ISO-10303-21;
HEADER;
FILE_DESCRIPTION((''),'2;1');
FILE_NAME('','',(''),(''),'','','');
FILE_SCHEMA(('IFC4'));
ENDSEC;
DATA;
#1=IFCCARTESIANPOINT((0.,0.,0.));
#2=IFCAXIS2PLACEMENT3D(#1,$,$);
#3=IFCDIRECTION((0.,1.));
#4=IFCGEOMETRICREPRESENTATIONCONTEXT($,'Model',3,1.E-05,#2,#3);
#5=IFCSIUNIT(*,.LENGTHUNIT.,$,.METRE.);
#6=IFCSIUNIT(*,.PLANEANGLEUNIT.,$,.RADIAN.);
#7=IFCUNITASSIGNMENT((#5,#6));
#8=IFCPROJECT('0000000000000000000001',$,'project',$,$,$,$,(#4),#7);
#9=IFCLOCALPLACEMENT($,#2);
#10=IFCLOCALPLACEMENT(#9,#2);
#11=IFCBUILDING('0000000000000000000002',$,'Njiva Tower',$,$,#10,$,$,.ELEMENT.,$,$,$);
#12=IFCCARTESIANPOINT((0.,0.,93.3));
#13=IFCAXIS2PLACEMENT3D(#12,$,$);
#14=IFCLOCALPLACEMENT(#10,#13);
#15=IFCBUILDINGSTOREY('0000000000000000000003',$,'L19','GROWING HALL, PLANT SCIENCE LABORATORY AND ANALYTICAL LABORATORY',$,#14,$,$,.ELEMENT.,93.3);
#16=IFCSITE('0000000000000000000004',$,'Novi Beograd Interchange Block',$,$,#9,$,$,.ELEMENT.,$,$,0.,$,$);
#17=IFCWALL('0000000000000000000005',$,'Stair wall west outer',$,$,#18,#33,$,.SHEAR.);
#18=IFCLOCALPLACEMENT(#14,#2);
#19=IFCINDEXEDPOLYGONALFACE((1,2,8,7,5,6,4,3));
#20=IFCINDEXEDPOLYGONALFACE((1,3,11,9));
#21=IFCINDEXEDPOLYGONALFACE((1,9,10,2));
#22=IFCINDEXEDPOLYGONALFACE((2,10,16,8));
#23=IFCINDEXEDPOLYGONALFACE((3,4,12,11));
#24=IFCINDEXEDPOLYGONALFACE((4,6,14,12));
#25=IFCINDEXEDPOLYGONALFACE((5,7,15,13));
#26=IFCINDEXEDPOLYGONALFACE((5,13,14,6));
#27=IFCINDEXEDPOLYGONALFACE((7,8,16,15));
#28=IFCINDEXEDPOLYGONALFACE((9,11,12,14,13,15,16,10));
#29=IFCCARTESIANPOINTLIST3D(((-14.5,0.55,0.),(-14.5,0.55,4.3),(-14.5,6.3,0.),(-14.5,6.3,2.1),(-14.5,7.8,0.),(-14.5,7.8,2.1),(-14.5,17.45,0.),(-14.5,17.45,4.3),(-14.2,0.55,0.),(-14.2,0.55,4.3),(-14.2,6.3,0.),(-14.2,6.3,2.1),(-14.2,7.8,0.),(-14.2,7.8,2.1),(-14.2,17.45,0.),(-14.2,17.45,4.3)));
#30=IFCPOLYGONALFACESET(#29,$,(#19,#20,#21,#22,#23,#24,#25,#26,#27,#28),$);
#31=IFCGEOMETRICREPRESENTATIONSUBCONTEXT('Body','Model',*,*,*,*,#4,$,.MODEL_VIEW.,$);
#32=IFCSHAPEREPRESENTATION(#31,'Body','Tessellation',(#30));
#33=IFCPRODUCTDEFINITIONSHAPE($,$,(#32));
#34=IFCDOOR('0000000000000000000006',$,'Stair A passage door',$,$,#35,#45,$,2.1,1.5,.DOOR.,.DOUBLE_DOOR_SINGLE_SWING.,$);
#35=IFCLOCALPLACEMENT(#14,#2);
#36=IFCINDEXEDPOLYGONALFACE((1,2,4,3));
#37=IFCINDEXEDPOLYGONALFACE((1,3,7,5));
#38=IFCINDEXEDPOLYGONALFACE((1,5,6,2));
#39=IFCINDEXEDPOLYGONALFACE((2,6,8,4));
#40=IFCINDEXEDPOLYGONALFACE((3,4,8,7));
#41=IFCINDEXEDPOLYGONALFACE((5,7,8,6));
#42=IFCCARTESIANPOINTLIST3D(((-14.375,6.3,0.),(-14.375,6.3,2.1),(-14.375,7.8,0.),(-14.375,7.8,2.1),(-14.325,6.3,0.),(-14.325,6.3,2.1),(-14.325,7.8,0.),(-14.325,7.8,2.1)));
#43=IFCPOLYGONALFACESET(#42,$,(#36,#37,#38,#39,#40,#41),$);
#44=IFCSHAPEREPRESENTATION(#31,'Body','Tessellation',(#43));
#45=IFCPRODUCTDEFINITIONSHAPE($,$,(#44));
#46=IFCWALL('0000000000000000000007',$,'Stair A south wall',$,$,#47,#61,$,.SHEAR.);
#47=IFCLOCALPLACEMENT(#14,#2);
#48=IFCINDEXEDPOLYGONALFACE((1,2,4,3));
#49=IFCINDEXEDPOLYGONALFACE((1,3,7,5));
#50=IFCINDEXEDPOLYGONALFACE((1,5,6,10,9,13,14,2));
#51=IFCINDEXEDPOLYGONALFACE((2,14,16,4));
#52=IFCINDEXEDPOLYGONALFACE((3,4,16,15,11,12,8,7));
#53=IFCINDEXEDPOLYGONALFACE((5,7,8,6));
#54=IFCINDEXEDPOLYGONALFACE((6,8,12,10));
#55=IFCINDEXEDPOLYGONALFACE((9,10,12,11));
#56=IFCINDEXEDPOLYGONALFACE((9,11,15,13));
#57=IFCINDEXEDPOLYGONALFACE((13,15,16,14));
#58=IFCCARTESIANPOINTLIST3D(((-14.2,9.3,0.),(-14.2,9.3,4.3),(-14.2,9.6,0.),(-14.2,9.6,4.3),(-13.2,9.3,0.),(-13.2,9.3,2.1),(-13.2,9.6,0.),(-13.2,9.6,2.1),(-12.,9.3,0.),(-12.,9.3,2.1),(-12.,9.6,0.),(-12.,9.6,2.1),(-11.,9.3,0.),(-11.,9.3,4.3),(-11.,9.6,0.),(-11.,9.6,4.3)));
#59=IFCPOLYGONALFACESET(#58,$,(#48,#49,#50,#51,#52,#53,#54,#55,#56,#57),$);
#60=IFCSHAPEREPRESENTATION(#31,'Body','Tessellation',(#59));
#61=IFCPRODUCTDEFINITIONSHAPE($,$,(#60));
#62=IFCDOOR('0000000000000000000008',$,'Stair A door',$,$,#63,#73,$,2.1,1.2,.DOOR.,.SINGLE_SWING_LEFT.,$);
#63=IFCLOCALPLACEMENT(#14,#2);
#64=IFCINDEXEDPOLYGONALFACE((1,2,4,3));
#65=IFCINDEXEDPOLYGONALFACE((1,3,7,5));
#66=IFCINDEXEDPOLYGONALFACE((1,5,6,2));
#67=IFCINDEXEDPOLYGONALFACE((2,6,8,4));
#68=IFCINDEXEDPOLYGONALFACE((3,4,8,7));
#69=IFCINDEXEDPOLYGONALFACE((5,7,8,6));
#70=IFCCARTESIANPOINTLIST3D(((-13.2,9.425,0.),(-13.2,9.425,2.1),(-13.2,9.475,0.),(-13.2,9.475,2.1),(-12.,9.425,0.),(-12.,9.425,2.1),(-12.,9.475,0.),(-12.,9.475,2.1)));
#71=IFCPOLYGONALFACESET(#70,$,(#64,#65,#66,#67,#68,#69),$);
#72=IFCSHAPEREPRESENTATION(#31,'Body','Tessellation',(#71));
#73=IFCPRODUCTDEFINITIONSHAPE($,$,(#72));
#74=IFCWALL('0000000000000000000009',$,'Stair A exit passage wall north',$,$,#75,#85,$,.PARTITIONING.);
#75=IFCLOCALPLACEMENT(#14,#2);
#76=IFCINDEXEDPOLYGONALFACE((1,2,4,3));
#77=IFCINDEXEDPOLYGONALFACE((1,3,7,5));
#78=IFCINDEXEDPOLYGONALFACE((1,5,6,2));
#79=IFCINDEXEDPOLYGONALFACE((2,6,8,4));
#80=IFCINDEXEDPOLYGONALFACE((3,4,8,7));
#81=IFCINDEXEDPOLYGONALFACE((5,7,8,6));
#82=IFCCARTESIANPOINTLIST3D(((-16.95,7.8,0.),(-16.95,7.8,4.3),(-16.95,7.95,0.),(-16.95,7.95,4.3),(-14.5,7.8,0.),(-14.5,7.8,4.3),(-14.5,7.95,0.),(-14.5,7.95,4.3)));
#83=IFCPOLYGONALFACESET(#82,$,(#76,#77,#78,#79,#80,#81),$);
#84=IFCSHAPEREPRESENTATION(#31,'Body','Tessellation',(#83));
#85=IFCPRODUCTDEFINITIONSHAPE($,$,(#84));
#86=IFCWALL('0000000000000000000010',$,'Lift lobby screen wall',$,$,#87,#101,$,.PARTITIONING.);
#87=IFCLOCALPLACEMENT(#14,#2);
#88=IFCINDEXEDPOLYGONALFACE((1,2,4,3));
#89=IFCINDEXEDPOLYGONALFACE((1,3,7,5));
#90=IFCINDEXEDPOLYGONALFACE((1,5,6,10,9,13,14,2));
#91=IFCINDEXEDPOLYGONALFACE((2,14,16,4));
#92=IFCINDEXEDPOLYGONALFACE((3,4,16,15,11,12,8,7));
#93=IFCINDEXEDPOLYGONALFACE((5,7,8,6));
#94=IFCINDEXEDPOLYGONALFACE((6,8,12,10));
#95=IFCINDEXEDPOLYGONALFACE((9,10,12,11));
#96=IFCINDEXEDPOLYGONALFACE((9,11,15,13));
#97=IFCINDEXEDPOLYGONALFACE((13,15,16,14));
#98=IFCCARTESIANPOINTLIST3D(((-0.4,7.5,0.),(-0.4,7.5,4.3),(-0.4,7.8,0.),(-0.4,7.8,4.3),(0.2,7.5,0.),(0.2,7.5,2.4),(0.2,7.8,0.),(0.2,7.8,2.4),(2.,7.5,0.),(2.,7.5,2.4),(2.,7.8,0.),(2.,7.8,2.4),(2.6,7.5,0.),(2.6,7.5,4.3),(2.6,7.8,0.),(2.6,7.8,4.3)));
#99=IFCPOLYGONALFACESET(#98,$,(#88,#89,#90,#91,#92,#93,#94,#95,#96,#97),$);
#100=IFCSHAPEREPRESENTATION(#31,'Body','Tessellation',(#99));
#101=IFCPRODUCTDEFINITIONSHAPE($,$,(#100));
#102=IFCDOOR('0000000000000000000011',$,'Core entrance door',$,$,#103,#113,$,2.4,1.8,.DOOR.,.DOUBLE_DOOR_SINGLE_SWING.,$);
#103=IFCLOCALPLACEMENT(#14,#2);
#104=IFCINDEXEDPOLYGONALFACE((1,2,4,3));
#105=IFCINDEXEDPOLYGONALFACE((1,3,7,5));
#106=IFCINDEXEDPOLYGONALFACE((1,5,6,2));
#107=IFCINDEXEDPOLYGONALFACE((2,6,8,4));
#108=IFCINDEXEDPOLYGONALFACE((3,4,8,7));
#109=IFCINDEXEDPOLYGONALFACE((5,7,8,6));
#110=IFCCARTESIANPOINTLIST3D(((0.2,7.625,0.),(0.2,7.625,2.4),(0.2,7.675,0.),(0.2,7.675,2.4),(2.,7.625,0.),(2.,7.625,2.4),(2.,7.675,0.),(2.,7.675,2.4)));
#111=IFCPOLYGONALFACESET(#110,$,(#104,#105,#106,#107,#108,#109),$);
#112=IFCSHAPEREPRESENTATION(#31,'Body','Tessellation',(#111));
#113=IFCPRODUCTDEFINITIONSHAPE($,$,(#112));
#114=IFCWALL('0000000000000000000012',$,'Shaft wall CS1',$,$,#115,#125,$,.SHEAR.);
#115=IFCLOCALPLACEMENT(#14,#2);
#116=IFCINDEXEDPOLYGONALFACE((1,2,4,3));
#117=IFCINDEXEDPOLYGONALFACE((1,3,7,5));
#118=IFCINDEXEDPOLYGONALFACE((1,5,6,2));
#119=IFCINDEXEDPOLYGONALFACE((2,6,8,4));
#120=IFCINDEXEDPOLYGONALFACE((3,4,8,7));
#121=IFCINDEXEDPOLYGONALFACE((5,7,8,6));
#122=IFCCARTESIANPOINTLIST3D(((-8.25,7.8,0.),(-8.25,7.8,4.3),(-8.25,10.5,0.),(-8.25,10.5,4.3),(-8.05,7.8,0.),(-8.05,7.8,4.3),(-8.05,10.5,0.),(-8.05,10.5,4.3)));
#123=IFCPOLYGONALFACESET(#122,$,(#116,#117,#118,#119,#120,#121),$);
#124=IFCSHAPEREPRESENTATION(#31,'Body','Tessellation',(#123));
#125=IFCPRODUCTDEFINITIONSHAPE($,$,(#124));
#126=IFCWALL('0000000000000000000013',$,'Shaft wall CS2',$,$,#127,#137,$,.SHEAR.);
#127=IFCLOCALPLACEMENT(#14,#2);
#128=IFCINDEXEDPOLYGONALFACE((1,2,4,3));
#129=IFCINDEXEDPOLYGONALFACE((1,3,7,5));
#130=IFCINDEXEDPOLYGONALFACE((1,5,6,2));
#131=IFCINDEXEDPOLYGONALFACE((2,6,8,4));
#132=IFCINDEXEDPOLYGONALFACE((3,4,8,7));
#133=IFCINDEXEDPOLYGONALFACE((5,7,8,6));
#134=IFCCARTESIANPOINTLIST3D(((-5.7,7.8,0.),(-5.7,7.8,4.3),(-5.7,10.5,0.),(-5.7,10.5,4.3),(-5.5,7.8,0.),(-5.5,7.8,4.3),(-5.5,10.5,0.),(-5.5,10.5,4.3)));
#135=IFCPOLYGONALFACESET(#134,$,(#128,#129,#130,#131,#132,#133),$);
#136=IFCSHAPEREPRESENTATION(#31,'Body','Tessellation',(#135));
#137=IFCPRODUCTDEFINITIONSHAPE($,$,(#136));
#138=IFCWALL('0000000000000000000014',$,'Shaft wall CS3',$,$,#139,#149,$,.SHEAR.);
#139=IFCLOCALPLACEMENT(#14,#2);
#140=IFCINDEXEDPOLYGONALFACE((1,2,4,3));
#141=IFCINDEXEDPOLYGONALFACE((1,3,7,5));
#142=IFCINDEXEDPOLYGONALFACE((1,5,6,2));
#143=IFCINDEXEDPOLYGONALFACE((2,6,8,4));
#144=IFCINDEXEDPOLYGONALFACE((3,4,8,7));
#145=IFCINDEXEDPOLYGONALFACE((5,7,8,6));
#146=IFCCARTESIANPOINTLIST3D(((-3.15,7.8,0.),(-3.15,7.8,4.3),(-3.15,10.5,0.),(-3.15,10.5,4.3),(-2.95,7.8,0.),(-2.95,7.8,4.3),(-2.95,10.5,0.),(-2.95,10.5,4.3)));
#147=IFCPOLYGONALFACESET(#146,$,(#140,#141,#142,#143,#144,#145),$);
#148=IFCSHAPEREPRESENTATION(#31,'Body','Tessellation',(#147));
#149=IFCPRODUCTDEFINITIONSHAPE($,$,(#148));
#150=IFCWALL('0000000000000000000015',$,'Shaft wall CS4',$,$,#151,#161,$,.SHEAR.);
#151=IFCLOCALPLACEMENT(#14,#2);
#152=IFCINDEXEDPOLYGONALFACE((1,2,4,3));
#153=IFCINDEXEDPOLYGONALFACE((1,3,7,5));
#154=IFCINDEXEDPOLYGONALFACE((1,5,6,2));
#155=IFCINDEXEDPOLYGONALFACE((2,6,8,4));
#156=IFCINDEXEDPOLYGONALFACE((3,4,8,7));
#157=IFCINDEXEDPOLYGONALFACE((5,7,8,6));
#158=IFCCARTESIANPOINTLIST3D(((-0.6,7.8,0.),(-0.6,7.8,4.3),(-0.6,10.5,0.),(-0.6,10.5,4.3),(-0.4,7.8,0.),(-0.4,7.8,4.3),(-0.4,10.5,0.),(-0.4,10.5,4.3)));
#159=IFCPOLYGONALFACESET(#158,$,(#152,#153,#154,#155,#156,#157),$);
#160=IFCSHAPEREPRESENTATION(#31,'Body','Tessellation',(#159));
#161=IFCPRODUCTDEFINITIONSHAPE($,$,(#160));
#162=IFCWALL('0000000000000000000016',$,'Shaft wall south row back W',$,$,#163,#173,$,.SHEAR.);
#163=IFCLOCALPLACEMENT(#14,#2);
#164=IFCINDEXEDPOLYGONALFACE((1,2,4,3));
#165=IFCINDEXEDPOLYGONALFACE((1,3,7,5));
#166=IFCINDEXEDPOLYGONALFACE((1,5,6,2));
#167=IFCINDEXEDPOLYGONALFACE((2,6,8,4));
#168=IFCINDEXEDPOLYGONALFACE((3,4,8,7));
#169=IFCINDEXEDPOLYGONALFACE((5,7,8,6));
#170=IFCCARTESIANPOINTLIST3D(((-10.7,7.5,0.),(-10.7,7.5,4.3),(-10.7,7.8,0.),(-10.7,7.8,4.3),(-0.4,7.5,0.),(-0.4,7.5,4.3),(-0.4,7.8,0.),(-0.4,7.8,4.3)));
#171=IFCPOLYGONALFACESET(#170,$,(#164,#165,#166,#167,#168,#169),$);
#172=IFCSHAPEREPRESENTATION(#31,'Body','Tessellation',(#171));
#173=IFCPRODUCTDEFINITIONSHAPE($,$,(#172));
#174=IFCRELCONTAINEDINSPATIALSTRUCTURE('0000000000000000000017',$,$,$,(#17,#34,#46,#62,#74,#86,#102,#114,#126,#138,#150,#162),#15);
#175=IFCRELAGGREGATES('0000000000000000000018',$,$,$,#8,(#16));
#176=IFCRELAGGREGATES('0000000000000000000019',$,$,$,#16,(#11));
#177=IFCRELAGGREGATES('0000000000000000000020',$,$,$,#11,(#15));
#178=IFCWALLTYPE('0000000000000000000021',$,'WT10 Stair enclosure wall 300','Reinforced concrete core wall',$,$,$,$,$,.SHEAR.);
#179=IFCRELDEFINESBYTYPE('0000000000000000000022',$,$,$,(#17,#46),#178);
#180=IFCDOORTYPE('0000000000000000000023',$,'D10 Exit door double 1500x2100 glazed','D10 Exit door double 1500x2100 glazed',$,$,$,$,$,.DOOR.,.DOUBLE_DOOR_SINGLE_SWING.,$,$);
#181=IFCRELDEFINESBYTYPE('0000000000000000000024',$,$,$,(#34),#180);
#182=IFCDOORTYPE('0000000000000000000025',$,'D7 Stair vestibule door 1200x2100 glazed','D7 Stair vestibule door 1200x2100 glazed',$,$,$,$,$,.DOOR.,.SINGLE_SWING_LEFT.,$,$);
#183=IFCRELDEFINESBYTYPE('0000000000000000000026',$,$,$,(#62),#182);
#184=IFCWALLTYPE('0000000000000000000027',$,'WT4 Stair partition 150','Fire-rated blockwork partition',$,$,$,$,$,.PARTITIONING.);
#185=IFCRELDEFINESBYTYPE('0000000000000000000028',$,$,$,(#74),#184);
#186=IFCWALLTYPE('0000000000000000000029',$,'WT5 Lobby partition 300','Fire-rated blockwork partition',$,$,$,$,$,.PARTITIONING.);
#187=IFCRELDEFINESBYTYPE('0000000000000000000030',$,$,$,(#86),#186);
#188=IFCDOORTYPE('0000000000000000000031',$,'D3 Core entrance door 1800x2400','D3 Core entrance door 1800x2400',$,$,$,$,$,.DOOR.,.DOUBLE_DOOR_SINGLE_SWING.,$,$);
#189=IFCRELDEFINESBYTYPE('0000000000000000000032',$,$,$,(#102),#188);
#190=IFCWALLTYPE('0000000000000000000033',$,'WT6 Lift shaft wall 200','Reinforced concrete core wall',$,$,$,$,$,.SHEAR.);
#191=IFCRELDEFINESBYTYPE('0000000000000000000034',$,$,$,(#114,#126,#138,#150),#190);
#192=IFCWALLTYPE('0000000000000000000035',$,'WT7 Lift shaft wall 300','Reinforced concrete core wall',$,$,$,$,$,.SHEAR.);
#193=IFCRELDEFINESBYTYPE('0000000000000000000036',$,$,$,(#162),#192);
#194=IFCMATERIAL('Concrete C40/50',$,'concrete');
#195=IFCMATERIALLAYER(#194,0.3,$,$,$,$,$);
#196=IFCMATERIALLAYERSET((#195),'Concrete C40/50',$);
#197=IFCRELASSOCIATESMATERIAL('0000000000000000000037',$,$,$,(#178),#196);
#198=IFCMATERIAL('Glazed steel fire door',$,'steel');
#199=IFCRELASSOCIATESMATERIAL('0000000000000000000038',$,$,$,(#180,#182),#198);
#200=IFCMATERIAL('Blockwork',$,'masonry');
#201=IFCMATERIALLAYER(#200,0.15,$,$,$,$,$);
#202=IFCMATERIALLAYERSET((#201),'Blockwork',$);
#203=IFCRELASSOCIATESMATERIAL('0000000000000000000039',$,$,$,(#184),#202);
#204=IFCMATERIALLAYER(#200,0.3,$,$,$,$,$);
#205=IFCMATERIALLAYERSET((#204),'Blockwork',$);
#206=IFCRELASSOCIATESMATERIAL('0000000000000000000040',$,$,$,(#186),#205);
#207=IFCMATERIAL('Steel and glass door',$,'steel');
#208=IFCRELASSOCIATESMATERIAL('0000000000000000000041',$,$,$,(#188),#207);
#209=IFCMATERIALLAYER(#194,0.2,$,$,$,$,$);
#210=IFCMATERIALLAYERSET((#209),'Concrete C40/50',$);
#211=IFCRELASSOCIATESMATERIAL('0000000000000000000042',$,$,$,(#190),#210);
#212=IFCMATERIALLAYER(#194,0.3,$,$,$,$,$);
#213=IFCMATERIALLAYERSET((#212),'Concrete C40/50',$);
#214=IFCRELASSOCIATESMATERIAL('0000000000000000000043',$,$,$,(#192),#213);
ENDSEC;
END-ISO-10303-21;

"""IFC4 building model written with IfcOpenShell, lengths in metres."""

from ifc_helpers import new_model, si_unit, direction, frame, frame_2d, origin, place, context, subcontext, project, spatial, rectangle, extrude, material, layer, layer_set, type_object, element, fill, save


model = new_model("IFC4")

# Units and contexts
model_context = context("Model", 3, precision=1e-05, world=origin(), true_north=direction((0.0, 1.0)))
body_context = subcontext(model_context, "Body", "Model", "MODEL_VIEW")
ifc_project = project(units=[si_unit("LENGTHUNIT", "METRE"), si_unit("PLANEANGLEUNIT", "RADIAN")], contexts=[model_context])

# Site, building, storey
site_placement = place(None, origin())
site = spatial("IfcSite", under=ifc_project, at=site_placement, Name="Novi Beograd Interchange Block", CompositionType="ELEMENT", RefElevation=0.0)
building_placement = place(site_placement, origin())
building = spatial("IfcBuilding", under=site, at=building_placement, Name="Njiva Tower", CompositionType="ELEMENT")
storey_placement = place(building_placement, frame((0.0, 0.0, 93.3)))
storey = spatial("IfcBuildingStorey", under=building, at=storey_placement, Name="L19", Description="GROWING HALL, PLANT SCIENCE LABORATORY AND ANALYTICAL LABORATORY", CompositionType="ELEMENT", Elevation=93.3)

# Shared definitions
ifc_material_1 = material(Name="Blockwork", Category="masonry")

# Shared definitions
ifc_material_2 = material(Name="Concrete C40/50", Category="concrete")
ifc_layer_1 = layer(ifc_material_2, 0.3)
ifc_layer_set_1 = layer_set([ifc_layer_1], Name="Concrete C40/50")
wall_type_1 = type_object("IfcWallType", Name="WT10 Stair enclosure wall 300", Description="Reinforced concrete core wall", PredefinedType="SHEAR", material=ifc_layer_set_1)
ifc_material_3 = material(Name="Glazed steel fire door", Category="steel")

# Walls, openings, doors
wall_1_placement = place(storey_placement, frame((-14.35, 0.55, 0.0), z_axis=(0.0, 0.0, 1.0), x_axis=(0.0, 1.0, 0.0)))
wall_1 = element("IfcWall", 1, at=wall_1_placement, inside=storey, type_object=wall_type_1, Name="Stair wall west outer", PredefinedType="SHEAR", context=body_context, shape_type="SweptSolid", body=[
    extrude(rectangle(XDim=16.9, YDim=0.3, at=frame_2d((8.45, 0.0))), origin(), (0.0, 0.0, 1.0), 4.3),
])
opening_1_placement = place(wall_1_placement, frame((5.75, 0.0, 0.0)))
opening_1 = element("IfcOpeningElement", 2, at=opening_1_placement, cuts=wall_1, PredefinedType="OPENING", context=body_context, shape_type="SweptSolid", body=[
    extrude(rectangle(XDim=1.5, YDim=2.1, at=frame_2d((0.75, 1.05))), frame((0.0, 0.16, 0.0), z_axis=(0.0, -1.0, 0.0), x_axis=(1.0, 0.0, 0.0)), (0.0, 0.0, 1.0), 0.32),
])
door_type_1 = type_object("IfcDoorType", Name="D10 Exit door double 1500x2100 glazed", Description="D10 Exit door double 1500x2100 glazed", OperationType="DOUBLE_DOOR_SINGLE_SWING", PredefinedType="DOOR", material=ifc_material_3)
door_1_placement = place(opening_1_placement, origin())
door_1 = element("IfcDoor", 3, at=door_1_placement, inside=storey, type_object=door_type_1, Name="Stair A passage door", OperationType="DOUBLE_DOOR_SINGLE_SWING", OverallHeight=2.1, OverallWidth=1.5, PredefinedType="DOOR", context=body_context, shape_type="SweptSolid", body=[
    extrude(rectangle(XDim=1.5, YDim=2.1, at=frame_2d((0.75, 1.05))), frame((0.0, 0.025, 0.0), z_axis=(0.0, -1.0, 0.0), x_axis=(1.0, 0.0, 0.0)), (0.0, 0.0, 1.0), 0.05),
])
fill(opening_1, door_1)
wall_2_placement = place(storey_placement, frame((-14.2, 9.45, 0.0), z_axis=(0.0, 0.0, 1.0), x_axis=(1.0, 0.0, 0.0)))
wall_2 = element("IfcWall", 4, at=wall_2_placement, inside=storey, type_object=wall_type_1, Name="Stair A south wall", PredefinedType="SHEAR", context=body_context, shape_type="SweptSolid", body=[
    extrude(rectangle(XDim=3.2, YDim=0.3, at=frame_2d((1.6, 0.0))), origin(), (0.0, 0.0, 1.0), 4.3),
])
opening_2_placement = place(wall_2_placement, frame((1.0, 0.0, 0.0)))
opening_2 = element("IfcOpeningElement", 5, at=opening_2_placement, cuts=wall_2, PredefinedType="OPENING", context=body_context, shape_type="SweptSolid", body=[
    extrude(rectangle(XDim=1.2, YDim=2.1, at=frame_2d((0.6, 1.05))), frame((0.0, 0.16, 0.0), z_axis=(0.0, -1.0, 0.0), x_axis=(1.0, 0.0, 0.0)), (0.0, 0.0, 1.0), 0.32),
])
door_type_2 = type_object("IfcDoorType", Name="D7 Stair vestibule door 1200x2100 glazed", Description="D7 Stair vestibule door 1200x2100 glazed", OperationType="SINGLE_SWING_LEFT", PredefinedType="DOOR", material=ifc_material_3)
door_2_placement = place(opening_2_placement, origin())
door_2 = element("IfcDoor", 6, at=door_2_placement, inside=storey, type_object=door_type_2, Name="Stair A door", OperationType="SINGLE_SWING_LEFT", OverallHeight=2.1, OverallWidth=1.2, PredefinedType="DOOR", context=body_context, shape_type="SweptSolid", body=[
    extrude(rectangle(XDim=1.2, YDim=2.1, at=frame_2d((0.6, 1.05))), frame((0.0, 0.025, 0.0), z_axis=(0.0, -1.0, 0.0), x_axis=(1.0, 0.0, 0.0)), (0.0, 0.0, 1.0), 0.05),
])
fill(opening_2, door_2)

# Wall
ifc_layer_2 = layer(ifc_material_1, 0.15)
ifc_layer_set_2 = layer_set([ifc_layer_2], Name="Blockwork")
wall_type_2 = type_object("IfcWallType", Name="WT4 Stair partition 150", Description="Fire-rated blockwork partition", PredefinedType="PARTITIONING", material=ifc_layer_set_2)
wall_3_placement = place(storey_placement, frame((-16.95, 7.875, 0.0), z_axis=(0.0, 0.0, 1.0), x_axis=(1.0, 0.0, 0.0)))
element("IfcWall", 7, at=wall_3_placement, inside=storey, type_object=wall_type_2, Name="Stair A exit passage wall north", PredefinedType="PARTITIONING", context=body_context, shape_type="SweptSolid", body=[
    extrude(rectangle(XDim=2.45, YDim=0.15, at=frame_2d((1.225, 0.0))), origin(), (0.0, 0.0, 1.0), 4.3),
])

# Wall, opening, door
ifc_layer_3 = layer(ifc_material_1, 0.3)
ifc_layer_set_3 = layer_set([ifc_layer_3], Name="Blockwork")
wall_type_3 = type_object("IfcWallType", Name="WT5 Lobby partition 300", Description="Fire-rated blockwork partition", PredefinedType="PARTITIONING", material=ifc_layer_set_3)
wall_4_placement = place(storey_placement, frame((-0.4, 7.65, 0.0), z_axis=(0.0, 0.0, 1.0), x_axis=(1.0, 0.0, 0.0)))
wall_4 = element("IfcWall", 8, at=wall_4_placement, inside=storey, type_object=wall_type_3, Name="Lift lobby screen wall", PredefinedType="PARTITIONING", context=body_context, shape_type="SweptSolid", body=[
    extrude(rectangle(XDim=3.0, YDim=0.3, at=frame_2d((1.5, 0.0))), origin(), (0.0, 0.0, 1.0), 4.3),
])
opening_3_placement = place(wall_4_placement, frame((0.6, 0.0, 0.0)))
opening_3 = element("IfcOpeningElement", 9, at=opening_3_placement, cuts=wall_4, PredefinedType="OPENING", context=body_context, shape_type="SweptSolid", body=[
    extrude(rectangle(XDim=1.8, YDim=2.4, at=frame_2d((0.9, 1.2))), frame((0.0, 0.16, 0.0), z_axis=(0.0, -1.0, 0.0), x_axis=(1.0, 0.0, 0.0)), (0.0, 0.0, 1.0), 0.32),
])
ifc_material_4 = material(Name="Steel and glass door", Category="steel")
door_type_3 = type_object("IfcDoorType", Name="D3 Core entrance door 1800x2400", Description="D3 Core entrance door 1800x2400", OperationType="DOUBLE_DOOR_SINGLE_SWING", PredefinedType="DOOR", material=ifc_material_4)
door_3_placement = place(opening_3_placement, origin())
door_3 = element("IfcDoor", 10, at=door_3_placement, inside=storey, type_object=door_type_3, Name="Core entrance door", OperationType="DOUBLE_DOOR_SINGLE_SWING", OverallHeight=2.4, OverallWidth=1.8, PredefinedType="DOOR", context=body_context, shape_type="SweptSolid", body=[
    extrude(rectangle(XDim=1.8, YDim=2.4, at=frame_2d((0.9, 1.2))), frame((0.0, 0.025, 0.0), z_axis=(0.0, -1.0, 0.0), x_axis=(1.0, 0.0, 0.0)), (0.0, 0.0, 1.0), 0.05),
])
fill(opening_3, door_3)

# Walls
ifc_layer_4 = layer(ifc_material_2, 0.2)
ifc_layer_set_4 = layer_set([ifc_layer_4], Name="Concrete C40/50")
wall_type_4 = type_object("IfcWallType", Name="WT6 Lift shaft wall 200", Description="Reinforced concrete core wall", PredefinedType="SHEAR", material=ifc_layer_set_4)
for number, where, z_axis, x_axis, name in (
    (11, (-8.15, 7.8, 0.0), (0.0, 0.0, 1.0), (0.0, 1.0, 0.0), "Shaft wall CS1"),
    (12, (-5.6, 7.8, 0.0), (0.0, 0.0, 1.0), (0.0, 1.0, 0.0), "Shaft wall CS2"),
    (13, (-3.05, 7.8, 0.0), (0.0, 0.0, 1.0), (0.0, 1.0, 0.0), "Shaft wall CS3"),
    (14, (-0.5, 7.8, 0.0), (0.0, 0.0, 1.0), (0.0, 1.0, 0.0), "Shaft wall CS4"),
):
    element("IfcWall", number, at=place(storey_placement, frame(where, z_axis=z_axis, x_axis=x_axis)), inside=storey, type_object=wall_type_4, Name=name, PredefinedType="SHEAR", context=body_context, shape_type="SweptSolid", body=[
        extrude(rectangle(XDim=2.7, YDim=0.2, at=frame_2d((1.35, 0.0))), origin(), (0.0, 0.0, 1.0), 4.3),
    ])
ifc_layer_5 = layer(ifc_material_2, 0.3)
ifc_layer_set_5 = layer_set([ifc_layer_5], Name="Concrete C40/50")
wall_type_5 = type_object("IfcWallType", Name="WT7 Lift shaft wall 300", Description="Reinforced concrete core wall", PredefinedType="SHEAR", material=ifc_layer_set_5)
wall_5_placement = place(storey_placement, frame((-10.7, 7.65, 0.0), z_axis=(0.0, 0.0, 1.0), x_axis=(1.0, 0.0, 0.0)))
element("IfcWall", 15, at=wall_5_placement, inside=storey, type_object=wall_type_5, Name="Shaft wall south row back W", PredefinedType="SHEAR", context=body_context, shape_type="SweptSolid", body=[
    extrude(rectangle(XDim=10.3, YDim=0.3, at=frame_2d((5.15, 0.0))), origin(), (0.0, 0.0, 1.0), 4.3),
])

save(model, "model.ifc")
